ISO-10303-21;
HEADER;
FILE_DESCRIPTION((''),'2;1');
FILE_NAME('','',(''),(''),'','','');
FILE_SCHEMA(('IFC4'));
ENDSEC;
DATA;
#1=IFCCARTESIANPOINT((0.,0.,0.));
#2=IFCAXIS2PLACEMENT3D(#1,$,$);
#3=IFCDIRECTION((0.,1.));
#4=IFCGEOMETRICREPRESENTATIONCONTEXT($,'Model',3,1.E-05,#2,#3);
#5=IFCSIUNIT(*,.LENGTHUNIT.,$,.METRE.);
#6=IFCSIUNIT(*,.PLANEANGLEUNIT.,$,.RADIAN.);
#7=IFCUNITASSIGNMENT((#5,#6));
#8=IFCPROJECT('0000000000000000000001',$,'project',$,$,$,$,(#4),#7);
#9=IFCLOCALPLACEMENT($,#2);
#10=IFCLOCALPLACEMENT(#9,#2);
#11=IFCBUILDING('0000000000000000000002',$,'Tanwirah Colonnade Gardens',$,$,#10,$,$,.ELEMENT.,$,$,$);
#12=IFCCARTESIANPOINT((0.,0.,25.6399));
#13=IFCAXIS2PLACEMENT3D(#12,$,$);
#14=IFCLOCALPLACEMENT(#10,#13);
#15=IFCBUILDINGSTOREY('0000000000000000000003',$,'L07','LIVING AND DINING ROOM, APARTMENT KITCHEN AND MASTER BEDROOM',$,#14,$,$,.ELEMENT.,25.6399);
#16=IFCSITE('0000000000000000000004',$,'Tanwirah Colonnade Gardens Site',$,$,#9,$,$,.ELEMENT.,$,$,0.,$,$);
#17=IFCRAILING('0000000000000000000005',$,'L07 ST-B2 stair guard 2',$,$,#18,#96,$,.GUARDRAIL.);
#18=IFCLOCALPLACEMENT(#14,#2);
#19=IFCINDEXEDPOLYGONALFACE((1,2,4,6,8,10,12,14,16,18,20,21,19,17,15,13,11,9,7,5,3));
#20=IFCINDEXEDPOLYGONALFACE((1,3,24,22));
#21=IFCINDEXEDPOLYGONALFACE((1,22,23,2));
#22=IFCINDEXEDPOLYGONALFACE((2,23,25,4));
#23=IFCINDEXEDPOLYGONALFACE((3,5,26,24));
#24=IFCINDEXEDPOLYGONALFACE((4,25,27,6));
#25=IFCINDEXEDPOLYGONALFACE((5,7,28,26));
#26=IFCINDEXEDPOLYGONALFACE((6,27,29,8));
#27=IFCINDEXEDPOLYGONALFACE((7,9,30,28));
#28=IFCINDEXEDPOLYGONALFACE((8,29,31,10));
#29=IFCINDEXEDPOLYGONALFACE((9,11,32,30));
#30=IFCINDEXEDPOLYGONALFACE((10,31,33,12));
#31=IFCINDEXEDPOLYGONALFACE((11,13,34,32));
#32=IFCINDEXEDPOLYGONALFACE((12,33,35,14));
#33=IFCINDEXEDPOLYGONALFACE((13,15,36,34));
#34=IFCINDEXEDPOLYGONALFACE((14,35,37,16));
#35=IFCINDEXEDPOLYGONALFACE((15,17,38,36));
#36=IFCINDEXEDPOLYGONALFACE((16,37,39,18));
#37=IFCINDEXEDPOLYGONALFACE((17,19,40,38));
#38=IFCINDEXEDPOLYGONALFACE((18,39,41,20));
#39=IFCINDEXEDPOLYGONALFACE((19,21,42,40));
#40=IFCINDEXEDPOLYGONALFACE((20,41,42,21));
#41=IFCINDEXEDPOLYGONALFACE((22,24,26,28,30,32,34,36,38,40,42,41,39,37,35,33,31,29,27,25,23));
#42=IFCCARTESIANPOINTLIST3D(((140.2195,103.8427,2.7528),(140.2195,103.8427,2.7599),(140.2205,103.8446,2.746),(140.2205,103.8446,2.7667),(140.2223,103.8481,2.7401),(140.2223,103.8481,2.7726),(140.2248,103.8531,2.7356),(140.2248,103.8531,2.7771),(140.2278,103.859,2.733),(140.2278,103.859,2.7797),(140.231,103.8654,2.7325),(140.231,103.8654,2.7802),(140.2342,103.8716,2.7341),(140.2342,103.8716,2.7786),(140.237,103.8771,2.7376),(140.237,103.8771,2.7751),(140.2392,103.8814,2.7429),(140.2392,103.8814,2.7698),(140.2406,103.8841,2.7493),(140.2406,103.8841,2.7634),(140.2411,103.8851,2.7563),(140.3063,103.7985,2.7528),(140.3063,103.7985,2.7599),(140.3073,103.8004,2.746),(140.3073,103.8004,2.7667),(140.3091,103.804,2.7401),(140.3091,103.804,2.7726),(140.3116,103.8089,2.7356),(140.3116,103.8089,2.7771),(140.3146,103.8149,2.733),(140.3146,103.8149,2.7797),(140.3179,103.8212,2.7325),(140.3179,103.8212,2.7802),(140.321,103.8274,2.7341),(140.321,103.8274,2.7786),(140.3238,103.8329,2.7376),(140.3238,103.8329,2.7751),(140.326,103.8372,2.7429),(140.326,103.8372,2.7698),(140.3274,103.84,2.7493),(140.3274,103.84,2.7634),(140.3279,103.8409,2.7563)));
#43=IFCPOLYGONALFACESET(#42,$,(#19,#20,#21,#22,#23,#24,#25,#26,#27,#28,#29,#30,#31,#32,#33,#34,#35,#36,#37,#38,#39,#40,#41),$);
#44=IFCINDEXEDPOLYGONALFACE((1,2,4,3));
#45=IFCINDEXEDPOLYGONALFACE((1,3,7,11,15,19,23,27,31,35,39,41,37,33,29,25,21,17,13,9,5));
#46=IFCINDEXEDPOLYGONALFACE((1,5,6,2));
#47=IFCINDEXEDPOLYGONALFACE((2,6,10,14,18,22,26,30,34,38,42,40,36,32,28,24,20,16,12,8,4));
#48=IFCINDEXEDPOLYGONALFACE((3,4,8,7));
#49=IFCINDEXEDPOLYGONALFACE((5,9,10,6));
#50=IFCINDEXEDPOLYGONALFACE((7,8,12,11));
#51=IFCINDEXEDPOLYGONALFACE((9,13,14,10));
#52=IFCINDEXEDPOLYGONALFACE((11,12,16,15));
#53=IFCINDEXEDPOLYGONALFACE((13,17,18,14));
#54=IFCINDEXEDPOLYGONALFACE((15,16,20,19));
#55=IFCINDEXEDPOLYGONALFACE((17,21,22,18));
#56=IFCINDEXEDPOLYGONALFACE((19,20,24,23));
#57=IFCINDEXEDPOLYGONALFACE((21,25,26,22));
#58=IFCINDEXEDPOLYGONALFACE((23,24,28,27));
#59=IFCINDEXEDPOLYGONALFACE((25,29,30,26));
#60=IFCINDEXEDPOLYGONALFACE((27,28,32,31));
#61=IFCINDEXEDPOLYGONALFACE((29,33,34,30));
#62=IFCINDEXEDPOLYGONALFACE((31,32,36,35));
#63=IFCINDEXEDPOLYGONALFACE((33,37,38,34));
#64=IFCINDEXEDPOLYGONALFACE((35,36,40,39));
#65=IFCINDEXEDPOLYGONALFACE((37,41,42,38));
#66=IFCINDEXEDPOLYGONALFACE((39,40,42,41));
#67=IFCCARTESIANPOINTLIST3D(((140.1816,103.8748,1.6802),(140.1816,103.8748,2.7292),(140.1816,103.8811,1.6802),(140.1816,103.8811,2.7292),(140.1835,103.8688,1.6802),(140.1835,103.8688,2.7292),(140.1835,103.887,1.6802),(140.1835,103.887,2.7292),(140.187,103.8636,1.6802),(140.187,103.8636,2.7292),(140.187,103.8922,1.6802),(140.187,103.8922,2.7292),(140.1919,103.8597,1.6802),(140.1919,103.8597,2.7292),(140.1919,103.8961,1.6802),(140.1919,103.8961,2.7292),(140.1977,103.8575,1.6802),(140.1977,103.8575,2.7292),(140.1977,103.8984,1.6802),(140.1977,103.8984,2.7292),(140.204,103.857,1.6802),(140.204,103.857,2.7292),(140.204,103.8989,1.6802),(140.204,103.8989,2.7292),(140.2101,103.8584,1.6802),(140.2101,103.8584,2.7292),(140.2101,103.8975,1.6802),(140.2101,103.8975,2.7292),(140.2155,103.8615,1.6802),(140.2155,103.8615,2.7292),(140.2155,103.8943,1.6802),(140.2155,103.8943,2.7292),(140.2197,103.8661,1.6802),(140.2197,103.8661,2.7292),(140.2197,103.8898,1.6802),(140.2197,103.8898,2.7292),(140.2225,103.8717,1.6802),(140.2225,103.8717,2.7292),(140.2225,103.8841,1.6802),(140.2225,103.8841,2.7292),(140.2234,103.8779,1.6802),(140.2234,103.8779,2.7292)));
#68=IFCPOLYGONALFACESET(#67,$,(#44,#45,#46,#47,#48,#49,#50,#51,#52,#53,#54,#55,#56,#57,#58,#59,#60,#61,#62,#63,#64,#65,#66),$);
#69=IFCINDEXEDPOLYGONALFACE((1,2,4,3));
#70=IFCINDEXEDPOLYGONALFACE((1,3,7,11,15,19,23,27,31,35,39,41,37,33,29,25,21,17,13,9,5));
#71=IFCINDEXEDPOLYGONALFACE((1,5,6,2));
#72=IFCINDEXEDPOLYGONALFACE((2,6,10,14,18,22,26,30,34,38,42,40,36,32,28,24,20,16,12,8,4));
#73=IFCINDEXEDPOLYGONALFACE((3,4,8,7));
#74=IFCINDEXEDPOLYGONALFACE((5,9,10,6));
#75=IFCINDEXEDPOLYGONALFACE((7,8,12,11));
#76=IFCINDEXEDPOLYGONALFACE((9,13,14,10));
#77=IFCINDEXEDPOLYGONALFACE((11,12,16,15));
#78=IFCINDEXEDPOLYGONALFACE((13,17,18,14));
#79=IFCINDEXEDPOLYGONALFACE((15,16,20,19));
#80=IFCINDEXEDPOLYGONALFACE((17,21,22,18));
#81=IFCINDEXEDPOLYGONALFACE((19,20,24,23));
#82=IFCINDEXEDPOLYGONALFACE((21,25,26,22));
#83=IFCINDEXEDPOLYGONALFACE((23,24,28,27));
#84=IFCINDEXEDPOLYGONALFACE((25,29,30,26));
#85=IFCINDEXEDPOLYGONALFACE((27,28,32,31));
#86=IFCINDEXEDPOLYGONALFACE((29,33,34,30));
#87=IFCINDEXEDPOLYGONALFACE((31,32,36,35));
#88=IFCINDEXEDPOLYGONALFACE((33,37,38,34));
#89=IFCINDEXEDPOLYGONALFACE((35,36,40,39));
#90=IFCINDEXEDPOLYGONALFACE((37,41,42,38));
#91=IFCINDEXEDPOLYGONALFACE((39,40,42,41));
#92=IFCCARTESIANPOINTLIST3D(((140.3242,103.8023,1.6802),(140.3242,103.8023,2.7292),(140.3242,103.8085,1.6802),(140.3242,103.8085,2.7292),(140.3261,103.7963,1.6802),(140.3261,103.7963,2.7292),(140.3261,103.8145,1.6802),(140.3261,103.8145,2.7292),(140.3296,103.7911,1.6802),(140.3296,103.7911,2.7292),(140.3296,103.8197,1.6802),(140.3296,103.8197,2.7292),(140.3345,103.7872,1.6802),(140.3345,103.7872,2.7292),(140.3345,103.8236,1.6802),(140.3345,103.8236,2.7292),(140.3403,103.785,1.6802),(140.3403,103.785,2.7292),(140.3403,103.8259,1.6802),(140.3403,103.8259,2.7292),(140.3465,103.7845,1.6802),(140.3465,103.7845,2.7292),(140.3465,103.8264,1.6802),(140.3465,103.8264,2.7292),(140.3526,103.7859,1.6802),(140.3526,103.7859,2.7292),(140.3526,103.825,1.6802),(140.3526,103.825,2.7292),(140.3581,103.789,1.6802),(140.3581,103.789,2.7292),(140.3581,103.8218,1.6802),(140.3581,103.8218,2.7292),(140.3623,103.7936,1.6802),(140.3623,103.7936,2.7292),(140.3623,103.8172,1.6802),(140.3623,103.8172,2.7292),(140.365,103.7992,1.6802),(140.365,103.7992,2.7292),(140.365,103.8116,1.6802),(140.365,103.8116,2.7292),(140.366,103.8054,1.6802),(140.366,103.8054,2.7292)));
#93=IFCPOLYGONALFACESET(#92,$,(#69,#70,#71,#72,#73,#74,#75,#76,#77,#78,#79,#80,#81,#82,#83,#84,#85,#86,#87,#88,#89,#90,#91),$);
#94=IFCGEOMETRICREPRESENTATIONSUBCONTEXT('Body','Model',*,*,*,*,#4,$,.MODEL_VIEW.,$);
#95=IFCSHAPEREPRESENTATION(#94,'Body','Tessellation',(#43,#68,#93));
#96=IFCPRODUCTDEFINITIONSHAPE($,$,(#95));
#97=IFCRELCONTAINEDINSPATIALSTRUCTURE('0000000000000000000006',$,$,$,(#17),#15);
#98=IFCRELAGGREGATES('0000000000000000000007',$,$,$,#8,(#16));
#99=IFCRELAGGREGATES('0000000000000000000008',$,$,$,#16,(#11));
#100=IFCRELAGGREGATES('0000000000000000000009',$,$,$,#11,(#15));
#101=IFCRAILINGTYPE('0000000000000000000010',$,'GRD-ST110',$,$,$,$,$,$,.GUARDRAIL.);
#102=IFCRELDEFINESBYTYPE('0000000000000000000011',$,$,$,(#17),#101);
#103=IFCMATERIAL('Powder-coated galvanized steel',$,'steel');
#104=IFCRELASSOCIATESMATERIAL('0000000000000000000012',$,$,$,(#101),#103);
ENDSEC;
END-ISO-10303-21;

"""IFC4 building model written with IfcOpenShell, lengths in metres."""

from ifc_helpers import new_model, si_unit, direction, frame, origin, origin_2d, place, context, subcontext, project, spatial, circle, extrude, material, type_object, element, save


model = new_model("IFC4")

# Units and contexts
model_context = context("Model", 3, precision=1e-05, world=origin(), true_north=direction((0.0, 1.0)))
body_context = subcontext(model_context, "Body", "Model", "MODEL_VIEW")
ifc_project = project(units=[si_unit("LENGTHUNIT", "METRE"), si_unit("PLANEANGLEUNIT", "RADIAN")], contexts=[model_context])

# Site, building, storey
site_placement = place(None, origin())
site = spatial("IfcSite", under=ifc_project, at=site_placement, Name="Tanwirah Colonnade Gardens Site", CompositionType="ELEMENT", RefElevation=0.0)
building_placement = place(site_placement, origin())
building = spatial("IfcBuilding", under=site, at=building_placement, Name="Tanwirah Colonnade Gardens", CompositionType="ELEMENT")
storey_placement = place(building_placement, frame((0.0, 0.0, 25.6399)))
storey = spatial("IfcBuildingStorey", under=building, at=storey_placement, Name="L07", Description="LIVING AND DINING ROOM, APARTMENT KITCHEN AND MASTER BEDROOM", CompositionType="ELEMENT", Elevation=25.6399)

# Railing
ifc_material_1 = material(Name="Powder-coated galvanized steel", Category="steel")
railing_type_1 = type_object("IfcRailingType", Name="GRD-ST110", PredefinedType="GUARDRAIL", material=ifc_material_1)
railing_1_placement = place(storey_placement, frame((140.2024, 103.8779, 1.6802)))
element("IfcRailing", 1, at=railing_1_placement, inside=storey, type_object=railing_type_1, Name="L07 ST-B2 stair guard 2", PredefinedType="GUARDRAIL", context=body_context, shape_type="SweptSolid", body=[
    extrude(circle(Radius=0.0239, at=origin_2d()), frame((0.0278, -0.0142, 1.0762), z_axis=(0.891354, -0.453308, 0.0), x_axis=(0.453308, 0.891354, 0.0)), (0.0, 0.0, 1.0), 0.0974),
    extrude(circle(Radius=0.021, at=origin_2d()), origin(), (0.0, 0.0, 1.0), 1.0491),
    extrude(circle(Radius=0.021, at=origin_2d()), frame((0.1426, -0.0725, 0.0)), (0.0, 0.0, 1.0), 1.0491),
])

save(model, "model.ifc")
